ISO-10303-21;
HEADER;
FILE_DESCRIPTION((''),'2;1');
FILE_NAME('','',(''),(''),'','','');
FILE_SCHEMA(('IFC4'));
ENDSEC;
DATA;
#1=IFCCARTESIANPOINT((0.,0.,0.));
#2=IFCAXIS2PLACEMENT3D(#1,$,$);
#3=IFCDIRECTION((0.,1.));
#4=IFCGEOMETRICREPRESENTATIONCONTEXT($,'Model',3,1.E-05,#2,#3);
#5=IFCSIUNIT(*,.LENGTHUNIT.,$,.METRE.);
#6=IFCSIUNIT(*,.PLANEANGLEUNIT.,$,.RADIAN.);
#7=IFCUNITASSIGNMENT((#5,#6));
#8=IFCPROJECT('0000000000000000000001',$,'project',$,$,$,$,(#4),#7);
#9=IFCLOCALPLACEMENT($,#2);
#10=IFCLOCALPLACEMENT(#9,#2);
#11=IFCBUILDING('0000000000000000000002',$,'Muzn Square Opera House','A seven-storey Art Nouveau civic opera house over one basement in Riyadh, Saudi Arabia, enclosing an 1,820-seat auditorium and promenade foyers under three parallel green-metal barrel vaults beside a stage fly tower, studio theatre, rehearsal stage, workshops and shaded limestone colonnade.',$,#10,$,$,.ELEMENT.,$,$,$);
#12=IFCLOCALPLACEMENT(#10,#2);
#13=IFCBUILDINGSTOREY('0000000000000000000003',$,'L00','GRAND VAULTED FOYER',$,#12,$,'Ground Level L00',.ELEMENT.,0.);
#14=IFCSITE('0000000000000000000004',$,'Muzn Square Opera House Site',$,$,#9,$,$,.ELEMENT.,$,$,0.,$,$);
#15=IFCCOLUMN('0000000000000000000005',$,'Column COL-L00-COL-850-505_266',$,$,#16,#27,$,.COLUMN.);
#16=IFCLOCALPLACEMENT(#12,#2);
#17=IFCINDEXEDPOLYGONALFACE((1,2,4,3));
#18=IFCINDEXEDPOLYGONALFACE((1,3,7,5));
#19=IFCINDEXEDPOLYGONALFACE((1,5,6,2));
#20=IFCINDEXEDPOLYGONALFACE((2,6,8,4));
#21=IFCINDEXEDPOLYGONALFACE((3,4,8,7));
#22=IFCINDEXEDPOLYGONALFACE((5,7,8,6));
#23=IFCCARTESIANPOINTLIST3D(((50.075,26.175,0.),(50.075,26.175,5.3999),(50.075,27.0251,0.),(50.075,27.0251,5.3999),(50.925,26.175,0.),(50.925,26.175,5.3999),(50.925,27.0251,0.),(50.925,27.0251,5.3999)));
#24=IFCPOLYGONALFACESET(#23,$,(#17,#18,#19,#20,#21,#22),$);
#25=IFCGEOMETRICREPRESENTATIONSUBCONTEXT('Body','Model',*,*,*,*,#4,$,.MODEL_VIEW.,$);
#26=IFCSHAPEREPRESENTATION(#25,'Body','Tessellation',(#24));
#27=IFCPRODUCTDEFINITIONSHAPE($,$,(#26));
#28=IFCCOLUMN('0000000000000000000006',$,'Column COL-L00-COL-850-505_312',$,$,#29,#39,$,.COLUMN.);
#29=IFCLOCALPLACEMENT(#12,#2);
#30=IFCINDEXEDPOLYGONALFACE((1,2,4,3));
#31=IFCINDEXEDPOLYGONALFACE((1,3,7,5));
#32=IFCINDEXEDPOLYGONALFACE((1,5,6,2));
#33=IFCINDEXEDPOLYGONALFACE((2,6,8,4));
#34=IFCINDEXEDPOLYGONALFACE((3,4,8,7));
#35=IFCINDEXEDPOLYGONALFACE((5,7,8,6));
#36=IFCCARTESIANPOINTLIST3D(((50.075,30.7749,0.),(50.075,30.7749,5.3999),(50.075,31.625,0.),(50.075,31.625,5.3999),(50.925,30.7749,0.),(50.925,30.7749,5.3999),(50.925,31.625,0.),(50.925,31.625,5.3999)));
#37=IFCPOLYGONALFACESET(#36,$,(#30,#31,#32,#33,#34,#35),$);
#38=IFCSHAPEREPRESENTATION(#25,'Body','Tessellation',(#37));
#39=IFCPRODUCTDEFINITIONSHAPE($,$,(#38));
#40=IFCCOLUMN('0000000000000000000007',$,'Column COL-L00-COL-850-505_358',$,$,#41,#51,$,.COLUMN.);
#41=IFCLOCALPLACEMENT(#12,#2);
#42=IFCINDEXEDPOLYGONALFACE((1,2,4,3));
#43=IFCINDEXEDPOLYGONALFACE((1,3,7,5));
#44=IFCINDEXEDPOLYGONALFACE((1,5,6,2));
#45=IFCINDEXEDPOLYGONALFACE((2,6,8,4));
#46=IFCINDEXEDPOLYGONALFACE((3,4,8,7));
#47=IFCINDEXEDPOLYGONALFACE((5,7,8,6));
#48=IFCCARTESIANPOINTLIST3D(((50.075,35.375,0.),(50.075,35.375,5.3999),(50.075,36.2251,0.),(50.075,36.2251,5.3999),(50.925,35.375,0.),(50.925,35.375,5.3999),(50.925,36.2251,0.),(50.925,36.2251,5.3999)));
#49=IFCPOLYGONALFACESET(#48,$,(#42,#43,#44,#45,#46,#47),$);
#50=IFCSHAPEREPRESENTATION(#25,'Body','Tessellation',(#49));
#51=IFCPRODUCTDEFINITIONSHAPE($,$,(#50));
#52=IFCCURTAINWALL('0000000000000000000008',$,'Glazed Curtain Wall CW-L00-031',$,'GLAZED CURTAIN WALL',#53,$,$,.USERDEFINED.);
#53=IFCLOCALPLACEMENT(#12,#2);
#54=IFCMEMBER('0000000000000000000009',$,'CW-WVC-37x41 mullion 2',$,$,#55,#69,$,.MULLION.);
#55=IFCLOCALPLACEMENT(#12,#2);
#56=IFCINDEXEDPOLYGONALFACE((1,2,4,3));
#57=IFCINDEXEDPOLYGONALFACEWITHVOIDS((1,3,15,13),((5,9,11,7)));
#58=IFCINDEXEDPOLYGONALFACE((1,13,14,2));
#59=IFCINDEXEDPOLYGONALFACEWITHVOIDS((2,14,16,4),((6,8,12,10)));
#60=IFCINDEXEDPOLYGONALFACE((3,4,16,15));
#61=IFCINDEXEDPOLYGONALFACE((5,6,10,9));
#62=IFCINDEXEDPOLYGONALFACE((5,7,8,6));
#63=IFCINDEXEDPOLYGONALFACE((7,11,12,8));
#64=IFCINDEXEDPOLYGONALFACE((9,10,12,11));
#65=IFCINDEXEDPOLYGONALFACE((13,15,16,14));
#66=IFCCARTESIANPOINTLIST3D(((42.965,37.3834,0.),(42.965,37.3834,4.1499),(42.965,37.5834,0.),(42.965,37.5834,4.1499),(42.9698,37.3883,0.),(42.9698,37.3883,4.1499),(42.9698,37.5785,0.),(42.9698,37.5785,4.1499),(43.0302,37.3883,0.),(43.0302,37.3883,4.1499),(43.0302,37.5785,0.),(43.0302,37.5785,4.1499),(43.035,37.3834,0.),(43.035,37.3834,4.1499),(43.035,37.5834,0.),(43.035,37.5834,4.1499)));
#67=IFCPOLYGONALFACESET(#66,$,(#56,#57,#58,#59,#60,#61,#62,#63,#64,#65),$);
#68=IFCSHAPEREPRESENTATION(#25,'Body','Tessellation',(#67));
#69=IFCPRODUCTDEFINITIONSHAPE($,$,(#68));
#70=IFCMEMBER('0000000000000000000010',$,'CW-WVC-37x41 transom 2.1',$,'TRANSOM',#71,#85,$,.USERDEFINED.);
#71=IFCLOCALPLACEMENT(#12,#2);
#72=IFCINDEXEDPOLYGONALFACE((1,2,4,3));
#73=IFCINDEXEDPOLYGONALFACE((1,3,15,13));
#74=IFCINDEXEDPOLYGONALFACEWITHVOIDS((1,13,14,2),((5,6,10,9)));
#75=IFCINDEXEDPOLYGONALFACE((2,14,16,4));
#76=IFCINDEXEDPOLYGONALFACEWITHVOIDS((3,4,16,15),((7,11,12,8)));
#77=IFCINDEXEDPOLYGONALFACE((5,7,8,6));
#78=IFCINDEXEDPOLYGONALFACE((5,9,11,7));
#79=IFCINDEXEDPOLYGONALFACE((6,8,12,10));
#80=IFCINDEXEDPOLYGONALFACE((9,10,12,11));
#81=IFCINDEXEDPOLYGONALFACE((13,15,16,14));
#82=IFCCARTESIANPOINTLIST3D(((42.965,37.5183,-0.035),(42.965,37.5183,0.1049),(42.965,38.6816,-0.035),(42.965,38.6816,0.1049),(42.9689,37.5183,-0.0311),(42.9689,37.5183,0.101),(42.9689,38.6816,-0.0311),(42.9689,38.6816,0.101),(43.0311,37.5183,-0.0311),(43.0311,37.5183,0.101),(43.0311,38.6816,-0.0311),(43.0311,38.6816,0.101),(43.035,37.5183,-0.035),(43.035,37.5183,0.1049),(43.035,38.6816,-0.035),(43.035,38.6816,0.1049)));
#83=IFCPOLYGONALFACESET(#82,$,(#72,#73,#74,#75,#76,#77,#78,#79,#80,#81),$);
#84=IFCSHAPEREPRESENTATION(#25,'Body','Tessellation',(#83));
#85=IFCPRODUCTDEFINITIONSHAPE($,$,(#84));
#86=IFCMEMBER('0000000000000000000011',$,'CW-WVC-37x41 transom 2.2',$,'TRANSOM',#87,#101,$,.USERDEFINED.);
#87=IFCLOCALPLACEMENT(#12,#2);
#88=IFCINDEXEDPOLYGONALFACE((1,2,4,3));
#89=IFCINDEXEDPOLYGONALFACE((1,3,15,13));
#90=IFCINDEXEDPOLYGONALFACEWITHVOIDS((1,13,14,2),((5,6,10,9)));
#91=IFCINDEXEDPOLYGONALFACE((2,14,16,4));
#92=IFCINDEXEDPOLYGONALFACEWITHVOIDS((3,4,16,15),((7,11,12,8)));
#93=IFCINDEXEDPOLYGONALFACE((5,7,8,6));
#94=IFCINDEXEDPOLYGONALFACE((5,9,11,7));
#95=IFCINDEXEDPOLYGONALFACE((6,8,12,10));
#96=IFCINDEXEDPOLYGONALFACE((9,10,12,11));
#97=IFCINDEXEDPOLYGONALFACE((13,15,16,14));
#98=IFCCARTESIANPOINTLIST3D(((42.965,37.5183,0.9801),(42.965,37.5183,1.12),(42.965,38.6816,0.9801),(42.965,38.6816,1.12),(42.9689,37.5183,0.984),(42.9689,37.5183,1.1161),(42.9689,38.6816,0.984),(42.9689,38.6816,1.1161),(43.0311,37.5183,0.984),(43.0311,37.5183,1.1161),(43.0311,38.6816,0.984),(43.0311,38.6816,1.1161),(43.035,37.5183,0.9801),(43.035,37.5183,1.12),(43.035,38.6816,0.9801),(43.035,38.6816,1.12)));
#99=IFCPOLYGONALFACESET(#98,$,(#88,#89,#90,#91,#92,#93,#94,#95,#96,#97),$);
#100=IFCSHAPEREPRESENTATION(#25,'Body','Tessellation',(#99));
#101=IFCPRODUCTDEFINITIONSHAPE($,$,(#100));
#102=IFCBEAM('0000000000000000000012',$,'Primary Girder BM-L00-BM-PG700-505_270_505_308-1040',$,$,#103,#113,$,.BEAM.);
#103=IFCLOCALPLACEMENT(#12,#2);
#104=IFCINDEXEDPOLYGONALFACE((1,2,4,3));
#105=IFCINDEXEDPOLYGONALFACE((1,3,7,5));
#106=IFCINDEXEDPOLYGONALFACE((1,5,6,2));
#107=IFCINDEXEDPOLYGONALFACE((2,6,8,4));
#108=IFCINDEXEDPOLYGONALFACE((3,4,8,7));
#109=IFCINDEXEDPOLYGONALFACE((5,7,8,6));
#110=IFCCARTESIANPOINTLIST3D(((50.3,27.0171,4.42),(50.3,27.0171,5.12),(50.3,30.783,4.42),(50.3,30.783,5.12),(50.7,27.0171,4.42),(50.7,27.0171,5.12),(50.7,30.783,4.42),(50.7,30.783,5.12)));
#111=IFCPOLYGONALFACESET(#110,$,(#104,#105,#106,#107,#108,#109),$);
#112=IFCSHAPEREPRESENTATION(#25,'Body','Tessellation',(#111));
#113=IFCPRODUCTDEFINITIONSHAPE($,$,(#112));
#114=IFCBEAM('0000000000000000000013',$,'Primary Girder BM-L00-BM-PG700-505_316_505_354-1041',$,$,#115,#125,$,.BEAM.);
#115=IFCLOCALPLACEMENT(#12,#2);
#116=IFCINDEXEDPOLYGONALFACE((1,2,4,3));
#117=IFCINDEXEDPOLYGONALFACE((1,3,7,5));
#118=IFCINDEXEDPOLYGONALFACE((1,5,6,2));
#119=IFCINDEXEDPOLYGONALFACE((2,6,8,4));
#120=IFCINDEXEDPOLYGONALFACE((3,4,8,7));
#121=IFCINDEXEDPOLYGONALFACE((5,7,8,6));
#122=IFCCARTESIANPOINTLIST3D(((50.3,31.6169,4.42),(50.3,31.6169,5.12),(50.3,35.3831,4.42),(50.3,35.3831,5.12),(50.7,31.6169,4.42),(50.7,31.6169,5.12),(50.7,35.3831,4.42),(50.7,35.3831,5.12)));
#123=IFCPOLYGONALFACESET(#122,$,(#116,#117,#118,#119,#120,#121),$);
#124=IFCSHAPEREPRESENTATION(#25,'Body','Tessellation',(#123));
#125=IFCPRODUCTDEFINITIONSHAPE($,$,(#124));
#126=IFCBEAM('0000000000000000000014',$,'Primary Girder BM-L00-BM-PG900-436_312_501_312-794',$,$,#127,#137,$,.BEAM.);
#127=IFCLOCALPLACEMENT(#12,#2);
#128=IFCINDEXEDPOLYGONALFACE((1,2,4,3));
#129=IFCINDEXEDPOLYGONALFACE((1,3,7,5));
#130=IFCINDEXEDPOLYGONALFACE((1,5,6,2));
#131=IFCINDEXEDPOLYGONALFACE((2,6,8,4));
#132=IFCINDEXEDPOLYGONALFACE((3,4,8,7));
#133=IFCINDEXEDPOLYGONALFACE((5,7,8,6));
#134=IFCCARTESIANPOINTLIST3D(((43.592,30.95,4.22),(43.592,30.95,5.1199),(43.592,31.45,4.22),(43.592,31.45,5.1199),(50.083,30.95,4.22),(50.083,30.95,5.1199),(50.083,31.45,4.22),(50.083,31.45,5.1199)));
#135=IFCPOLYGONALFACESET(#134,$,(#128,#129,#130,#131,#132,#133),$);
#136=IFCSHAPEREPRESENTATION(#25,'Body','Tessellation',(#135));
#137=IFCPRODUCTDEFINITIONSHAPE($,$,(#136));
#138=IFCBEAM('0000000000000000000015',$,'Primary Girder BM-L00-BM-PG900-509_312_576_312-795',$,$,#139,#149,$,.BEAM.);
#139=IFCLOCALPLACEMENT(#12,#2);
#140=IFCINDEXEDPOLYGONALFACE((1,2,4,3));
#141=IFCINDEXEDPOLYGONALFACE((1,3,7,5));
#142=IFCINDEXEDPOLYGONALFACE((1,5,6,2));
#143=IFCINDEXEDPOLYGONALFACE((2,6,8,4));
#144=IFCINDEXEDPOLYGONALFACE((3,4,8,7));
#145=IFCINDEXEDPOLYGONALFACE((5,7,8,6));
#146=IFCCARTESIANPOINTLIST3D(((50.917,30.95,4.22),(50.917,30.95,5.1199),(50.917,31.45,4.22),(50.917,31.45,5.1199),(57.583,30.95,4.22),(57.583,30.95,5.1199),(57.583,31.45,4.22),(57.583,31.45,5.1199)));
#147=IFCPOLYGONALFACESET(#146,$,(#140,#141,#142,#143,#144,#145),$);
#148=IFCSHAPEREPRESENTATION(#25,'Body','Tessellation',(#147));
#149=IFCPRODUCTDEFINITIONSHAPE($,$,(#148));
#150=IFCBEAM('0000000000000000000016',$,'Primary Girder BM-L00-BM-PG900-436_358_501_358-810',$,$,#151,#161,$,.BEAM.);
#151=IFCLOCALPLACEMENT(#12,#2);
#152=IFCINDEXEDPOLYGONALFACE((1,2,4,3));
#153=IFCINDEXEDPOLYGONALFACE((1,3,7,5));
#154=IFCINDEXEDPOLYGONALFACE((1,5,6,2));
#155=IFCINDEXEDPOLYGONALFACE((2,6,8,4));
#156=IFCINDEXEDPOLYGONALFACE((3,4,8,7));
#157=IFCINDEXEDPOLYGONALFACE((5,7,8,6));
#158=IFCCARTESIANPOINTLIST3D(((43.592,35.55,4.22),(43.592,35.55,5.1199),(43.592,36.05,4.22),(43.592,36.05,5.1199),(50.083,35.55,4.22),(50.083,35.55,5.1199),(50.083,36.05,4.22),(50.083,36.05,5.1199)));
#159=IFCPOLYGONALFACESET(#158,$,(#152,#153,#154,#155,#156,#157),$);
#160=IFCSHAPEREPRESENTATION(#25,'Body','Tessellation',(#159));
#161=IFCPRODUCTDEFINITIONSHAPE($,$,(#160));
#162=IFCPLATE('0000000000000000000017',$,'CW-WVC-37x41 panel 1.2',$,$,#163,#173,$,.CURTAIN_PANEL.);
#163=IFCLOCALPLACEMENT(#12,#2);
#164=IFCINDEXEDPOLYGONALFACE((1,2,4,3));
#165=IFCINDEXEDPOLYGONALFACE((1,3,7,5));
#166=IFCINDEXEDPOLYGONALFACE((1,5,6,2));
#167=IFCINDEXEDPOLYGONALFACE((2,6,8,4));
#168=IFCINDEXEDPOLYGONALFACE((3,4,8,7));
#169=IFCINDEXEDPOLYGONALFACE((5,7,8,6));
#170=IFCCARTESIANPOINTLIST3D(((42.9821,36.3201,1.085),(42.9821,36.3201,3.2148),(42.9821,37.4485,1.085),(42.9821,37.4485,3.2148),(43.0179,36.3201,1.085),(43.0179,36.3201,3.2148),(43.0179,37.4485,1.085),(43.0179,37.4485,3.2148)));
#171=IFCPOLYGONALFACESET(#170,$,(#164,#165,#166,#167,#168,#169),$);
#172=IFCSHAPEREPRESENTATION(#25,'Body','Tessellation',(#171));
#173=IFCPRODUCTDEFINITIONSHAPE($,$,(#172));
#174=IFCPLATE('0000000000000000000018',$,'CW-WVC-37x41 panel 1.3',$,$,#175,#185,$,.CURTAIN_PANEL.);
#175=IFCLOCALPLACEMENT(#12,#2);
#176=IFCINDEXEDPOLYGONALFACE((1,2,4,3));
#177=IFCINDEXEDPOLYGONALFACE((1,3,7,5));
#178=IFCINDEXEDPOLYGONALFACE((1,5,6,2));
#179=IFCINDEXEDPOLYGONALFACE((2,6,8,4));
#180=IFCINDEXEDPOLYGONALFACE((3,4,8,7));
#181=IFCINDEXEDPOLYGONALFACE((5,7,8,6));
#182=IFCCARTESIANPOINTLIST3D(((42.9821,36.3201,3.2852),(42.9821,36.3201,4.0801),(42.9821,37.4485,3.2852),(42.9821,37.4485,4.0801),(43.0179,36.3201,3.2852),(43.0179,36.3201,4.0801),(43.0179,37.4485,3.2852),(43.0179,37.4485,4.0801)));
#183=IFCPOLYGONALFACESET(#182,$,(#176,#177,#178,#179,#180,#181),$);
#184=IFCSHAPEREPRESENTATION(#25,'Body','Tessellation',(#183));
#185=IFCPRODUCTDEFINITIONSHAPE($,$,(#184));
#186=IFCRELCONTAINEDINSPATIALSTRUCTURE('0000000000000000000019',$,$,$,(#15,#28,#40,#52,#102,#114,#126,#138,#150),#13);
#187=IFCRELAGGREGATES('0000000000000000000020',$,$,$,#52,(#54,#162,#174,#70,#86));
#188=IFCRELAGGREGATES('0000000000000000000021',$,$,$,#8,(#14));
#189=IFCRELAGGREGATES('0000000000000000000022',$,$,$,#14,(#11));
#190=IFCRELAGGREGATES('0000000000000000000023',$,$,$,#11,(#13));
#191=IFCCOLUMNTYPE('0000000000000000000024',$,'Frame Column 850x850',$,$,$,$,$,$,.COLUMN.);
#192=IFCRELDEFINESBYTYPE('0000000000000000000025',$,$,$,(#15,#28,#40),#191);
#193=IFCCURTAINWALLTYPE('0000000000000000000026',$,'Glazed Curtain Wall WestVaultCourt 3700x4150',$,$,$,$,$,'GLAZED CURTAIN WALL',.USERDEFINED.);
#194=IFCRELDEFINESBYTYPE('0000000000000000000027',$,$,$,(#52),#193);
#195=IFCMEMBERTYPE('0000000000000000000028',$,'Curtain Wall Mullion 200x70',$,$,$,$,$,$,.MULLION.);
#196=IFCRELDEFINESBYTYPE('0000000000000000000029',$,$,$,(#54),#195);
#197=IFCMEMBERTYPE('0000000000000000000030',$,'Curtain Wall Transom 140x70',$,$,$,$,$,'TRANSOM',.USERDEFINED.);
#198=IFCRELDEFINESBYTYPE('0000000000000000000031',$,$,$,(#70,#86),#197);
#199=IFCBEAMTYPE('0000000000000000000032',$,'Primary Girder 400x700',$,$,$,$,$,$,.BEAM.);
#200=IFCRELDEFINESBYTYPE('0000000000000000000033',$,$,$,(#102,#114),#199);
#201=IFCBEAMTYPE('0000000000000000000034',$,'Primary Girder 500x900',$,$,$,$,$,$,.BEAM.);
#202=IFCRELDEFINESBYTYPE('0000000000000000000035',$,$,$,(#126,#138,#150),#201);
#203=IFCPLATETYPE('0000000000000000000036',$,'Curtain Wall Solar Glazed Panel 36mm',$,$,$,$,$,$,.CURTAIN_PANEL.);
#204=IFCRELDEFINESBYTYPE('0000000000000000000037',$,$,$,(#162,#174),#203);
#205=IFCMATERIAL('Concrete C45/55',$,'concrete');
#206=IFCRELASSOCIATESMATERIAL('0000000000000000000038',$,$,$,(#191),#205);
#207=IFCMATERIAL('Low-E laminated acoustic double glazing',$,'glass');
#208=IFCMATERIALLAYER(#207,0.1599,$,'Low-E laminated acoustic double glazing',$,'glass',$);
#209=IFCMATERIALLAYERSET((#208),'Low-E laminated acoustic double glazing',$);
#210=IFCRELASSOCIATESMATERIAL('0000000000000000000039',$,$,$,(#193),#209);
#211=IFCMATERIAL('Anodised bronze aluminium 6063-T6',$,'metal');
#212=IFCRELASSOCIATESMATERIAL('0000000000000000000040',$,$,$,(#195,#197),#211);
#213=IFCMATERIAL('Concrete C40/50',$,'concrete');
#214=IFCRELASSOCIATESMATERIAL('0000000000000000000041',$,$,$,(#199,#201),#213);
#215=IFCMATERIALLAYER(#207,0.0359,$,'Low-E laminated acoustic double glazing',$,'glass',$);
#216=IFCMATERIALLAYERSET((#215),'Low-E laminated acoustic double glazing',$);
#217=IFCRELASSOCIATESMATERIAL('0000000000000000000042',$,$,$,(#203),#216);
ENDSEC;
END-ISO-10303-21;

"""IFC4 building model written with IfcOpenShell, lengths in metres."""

from ifc_helpers import new_model, si_unit, direction, frame, origin, origin_2d, place, context, subcontext, project, spatial, rectangle, hollow_rectangle, extrude, material, layer, layer_set, material_profile, profile_set, type_object, element, aggregate, save


model = new_model("IFC4")

# Units and contexts
model_context = context("Model", 3, precision=1e-05, world=origin(), true_north=direction((0.0, 1.0)))
body_context = subcontext(model_context, "Body", "Model", "MODEL_VIEW")
ifc_project = project(units=[si_unit("LENGTHUNIT", "METRE"), si_unit("PLANEANGLEUNIT", "RADIAN")], contexts=[model_context])

# Site, building, storey
site_placement = place(None, origin())
site = spatial("IfcSite", under=ifc_project, at=site_placement, Name="Muzn Square Opera House Site", CompositionType="ELEMENT", RefElevation=0.0)
building_placement = place(site_placement, origin())
building = spatial("IfcBuilding", under=site, at=building_placement, Name="Muzn Square Opera House", Description="A seven-storey Art Nouveau civic opera house over one basement in Riyadh, Saudi Arabia, enclosing an 1,820-seat auditorium and promenade foyers under three parallel green-metal barrel vaults beside a stage fly tower, studio theatre, rehearsal stage, workshops and shaded limestone colonnade.", CompositionType="ELEMENT")
storey_placement = place(building_placement, origin())
storey = spatial("IfcBuildingStorey", under=building, at=storey_placement, Name="L00", Description="GRAND VAULTED FOYER", LongName="Ground Level L00", CompositionType="ELEMENT", Elevation=0.0)

# Columns
ifc_material_1 = material(Name="Concrete C45/55", Category="concrete")
ifc_material_profile_1 = material_profile(ifc_material_1, rectangle(XDim=0.8501, YDim=0.8501, at=origin_2d()), Name="RC 850x850", Category="concrete")
ifc_profile_set_1 = profile_set([ifc_material_profile_1], Name="Concrete C45/55")
column_type = type_object("IfcColumnType", Name="Frame Column 850x850", PredefinedType="COLUMN", material=ifc_profile_set_1)
for number, where, z_axis, x_axis, name in (
    (1, (50.5, 26.6001, 0.0), (0.0, 0.0, 1.0), (1.0, 0.0, 0.0), "Column COL-L00-COL-850-505_266"),
    (2, (50.5, 31.2, 0.0), (0.0, 0.0, 1.0), (1.0, 0.0, 0.0), "Column COL-L00-COL-850-505_312"),
    (3, (50.5, 35.8, 0.0), (0.0, 0.0, 1.0), (1.0, 0.0, 0.0), "Column COL-L00-COL-850-505_358"),
):
    element("IfcColumn", number, at=place(storey_placement, frame(where, z_axis=z_axis, x_axis=x_axis)), inside=storey, type_object=column_type, Name=name, PredefinedType="COLUMN", context=body_context, shape_type="SweptSolid", body=[
        extrude(rectangle(XDim=0.8501, YDim=0.8501, at=origin_2d()), origin(), (0.0, 0.0, 1.0), 5.3999),
    ])

# Curtain wall, members
ifc_material_2 = material(Name="Low-E laminated acoustic double glazing", Category="glass")
ifc_layer_1 = layer(ifc_material_2, 0.1599, Name="Low-E laminated acoustic double glazing", Category="glass")
ifc_layer_set_1 = layer_set([ifc_layer_1], Name="Low-E laminated acoustic double glazing")
curtain_wall_type = type_object("IfcCurtainWallType", Name="Glazed Curtain Wall WestVaultCourt 3700x4150", ElementType="GLAZED CURTAIN WALL", PredefinedType="USERDEFINED", material=ifc_layer_set_1)
curtain_wall_placement = place(storey_placement, origin())
curtain_wall = element("IfcCurtainWall", 4, at=curtain_wall_placement, inside=storey, type_object=curtain_wall_type, Name="Glazed Curtain Wall CW-L00-031", ObjectType="GLAZED CURTAIN WALL", PredefinedType="USERDEFINED")
ifc_material_3 = material(Name="Anodised bronze aluminium 6063-T6", Category="metal")
ifc_material_profile_2 = material_profile(ifc_material_3, hollow_rectangle(XDim=0.0701, YDim=0.2, WallThickness=0.0049, at=origin_2d()), Name="ALU 200x70x5", Category="metal")
ifc_profile_set_2 = profile_set([ifc_material_profile_2], Name="Anodised bronze aluminium 6063-T6")
member_type_1 = type_object("IfcMemberType", Name="Curtain Wall Mullion 200x70", PredefinedType="MULLION", material=ifc_profile_set_2)
member_1_placement = place(storey_placement, frame((43.0, 37.4834, 0.0), z_axis=(0.0, 0.0, 1.0), x_axis=(-1.0, 0.0, 0.0)))
member_1 = element("IfcMember", 5, at=member_1_placement, type_object=member_type_1, Name="CW-WVC-37x41 mullion 2", PredefinedType="MULLION", context=body_context, shape_type="SweptSolid", body=[
    extrude(hollow_rectangle(XDim=0.0701, YDim=0.2, WallThickness=0.0049, at=origin_2d()), origin(), (0.0, 0.0, 1.0), 4.1499),
])
ifc_material_profile_3 = material_profile(ifc_material_3, hollow_rectangle(XDim=0.0701, YDim=0.1399, WallThickness=0.0039, at=origin_2d()), Name="ALU 140x70x4", Category="metal")
ifc_profile_set_3 = profile_set([ifc_material_profile_3], Name="Anodised bronze aluminium 6063-T6")
member_type_2 = type_object("IfcMemberType", Name="Curtain Wall Transom 140x70", ElementType="TRANSOM", PredefinedType="USERDEFINED", material=ifc_profile_set_3)
member_2_placement = place(storey_placement, frame((43.0, 37.5183, 0.0349), z_axis=(0.0, 1.0, 0.0), x_axis=(-1.0, 0.0, 0.0)))
member_2 = element("IfcMember", 6, at=member_2_placement, type_object=member_type_2, Name="CW-WVC-37x41 transom 2.1", ObjectType="TRANSOM", PredefinedType="USERDEFINED", context=body_context, shape_type="SweptSolid", body=[
    extrude(hollow_rectangle(XDim=0.0701, YDim=0.1399, WallThickness=0.0039, at=origin_2d()), origin(), (0.0, 0.0, 1.0), 1.1633),
])
member_3_placement = place(storey_placement, frame((43.0, 37.5183, 1.05), z_axis=(0.0, 1.0, 0.0), x_axis=(-1.0, 0.0, 0.0)))
member_3 = element("IfcMember", 7, at=member_3_placement, type_object=member_type_2, Name="CW-WVC-37x41 transom 2.2", ObjectType="TRANSOM", PredefinedType="USERDEFINED", context=body_context, shape_type="SweptSolid", body=[
    extrude(hollow_rectangle(XDim=0.0701, YDim=0.1399, WallThickness=0.0039, at=origin_2d()), origin(), (0.0, 0.0, 1.0), 1.1633),
])

# Beams
ifc_material_4 = material(Name="Concrete C40/50", Category="concrete")
ifc_material_profile_4 = material_profile(ifc_material_4, rectangle(XDim=0.3999, YDim=0.7, at=origin_2d()), Name="RCB 400x700", Category="concrete")
ifc_profile_set_4 = profile_set([ifc_material_profile_4], Name="Concrete C40/50")
beam_type_1 = type_object("IfcBeamType", Name="Primary Girder 400x700", PredefinedType="BEAM", material=ifc_profile_set_4)
beam_1_placement = place(storey_placement, frame((50.5, 27.0171, 4.77), z_axis=(0.0, 1.0, 0.0), x_axis=(-1.0, 0.0, 0.0)))
element("IfcBeam", 8, at=beam_1_placement, inside=storey, type_object=beam_type_1, Name="Primary Girder BM-L00-BM-PG700-505_270_505_308-1040", PredefinedType="BEAM", context=body_context, shape_type="SweptSolid", body=[
    extrude(rectangle(XDim=0.3999, YDim=0.7, at=origin_2d()), origin(), (0.0, 0.0, 1.0), 3.7659),
])
beam_2_placement = place(storey_placement, frame((50.5, 31.6169, 4.77), z_axis=(0.0, 1.0, 0.0), x_axis=(-1.0, 0.0, 0.0)))
element("IfcBeam", 9, at=beam_2_placement, inside=storey, type_object=beam_type_1, Name="Primary Girder BM-L00-BM-PG700-505_316_505_354-1041", PredefinedType="BEAM", context=body_context, shape_type="SweptSolid", body=[
    extrude(rectangle(XDim=0.3999, YDim=0.7, at=origin_2d()), origin(), (0.0, 0.0, 1.0), 3.7661),
])
ifc_material_profile_5 = material_profile(ifc_material_4, rectangle(XDim=0.5, YDim=0.8999, at=origin_2d()), Name="RCB 500x900", Category="concrete")
ifc_profile_set_5 = profile_set([ifc_material_profile_5], Name="Concrete C40/50")
beam_type_2 = type_object("IfcBeamType", Name="Primary Girder 500x900", PredefinedType="BEAM", material=ifc_profile_set_5)
beam_3_placement = place(storey_placement, frame((43.592, 31.2, 4.6699), z_axis=(1.0, 0.0, 0.0), x_axis=(0.0, 1.0, 0.0)))
element("IfcBeam", 10, at=beam_3_placement, inside=storey, type_object=beam_type_2, Name="Primary Girder BM-L00-BM-PG900-436_312_501_312-794", PredefinedType="BEAM", context=body_context, shape_type="SweptSolid", body=[
    extrude(rectangle(XDim=0.5, YDim=0.8999, at=origin_2d()), origin(), (0.0, 0.0, 1.0), 6.491),
])
beam_4_placement = place(storey_placement, frame((50.917, 31.2, 4.6699), z_axis=(1.0, 0.0, 0.0), x_axis=(0.0, 1.0, 0.0)))
element("IfcBeam", 11, at=beam_4_placement, inside=storey, type_object=beam_type_2, Name="Primary Girder BM-L00-BM-PG900-509_312_576_312-795", PredefinedType="BEAM", context=body_context, shape_type="SweptSolid", body=[
    extrude(rectangle(XDim=0.5, YDim=0.8999, at=origin_2d()), origin(), (0.0, 0.0, 1.0), 6.666),
])
beam_5_placement = place(storey_placement, frame((43.592, 35.8, 4.6699), z_axis=(1.0, 0.0, 0.0), x_axis=(0.0, 1.0, 0.0)))
element("IfcBeam", 12, at=beam_5_placement, inside=storey, type_object=beam_type_2, Name="Primary Girder BM-L00-BM-PG900-436_358_501_358-810", PredefinedType="BEAM", context=body_context, shape_type="SweptSolid", body=[
    extrude(rectangle(XDim=0.5, YDim=0.8999, at=origin_2d()), origin(), (0.0, 0.0, 1.0), 6.491),
])

# Plates
ifc_layer_2 = layer(ifc_material_2, 0.0359, Name="Low-E laminated acoustic double glazing", Category="glass")
ifc_layer_set_2 = layer_set([ifc_layer_2], Name="Low-E laminated acoustic double glazing")
plate_type = type_object("IfcPlateType", Name="Curtain Wall Solar Glazed Panel 36mm", PredefinedType="CURTAIN_PANEL", material=ifc_layer_set_2)
plate_1_placement = place(storey_placement, frame((43.0, 36.8843, 1.085), z_axis=(0.0, 0.0, 1.0), x_axis=(0.0, 1.0, 0.0)))
plate_1 = element("IfcPlate", 13, at=plate_1_placement, type_object=plate_type, Name="CW-WVC-37x41 panel 1.2", PredefinedType="CURTAIN_PANEL", context=body_context, shape_type="SweptSolid", body=[
    extrude(rectangle(XDim=1.1284, YDim=0.0359, at=origin_2d()), origin(), (0.0, 0.0, 1.0), 2.1299),
])
plate_2_placement = place(storey_placement, frame((43.0, 36.8843, 3.2852), z_axis=(0.0, 0.0, 1.0), x_axis=(0.0, 1.0, 0.0)))
plate_2 = element("IfcPlate", 14, at=plate_2_placement, type_object=plate_type, Name="CW-WVC-37x41 panel 1.3", PredefinedType="CURTAIN_PANEL", context=body_context, shape_type="SweptSolid", body=[
    extrude(rectangle(XDim=1.1284, YDim=0.0359, at=origin_2d()), origin(), (0.0, 0.0, 1.0), 0.7949),
])
aggregate(curtain_wall, [member_1, plate_1, plate_2, member_2, member_3])

save(model, "model.ifc")
